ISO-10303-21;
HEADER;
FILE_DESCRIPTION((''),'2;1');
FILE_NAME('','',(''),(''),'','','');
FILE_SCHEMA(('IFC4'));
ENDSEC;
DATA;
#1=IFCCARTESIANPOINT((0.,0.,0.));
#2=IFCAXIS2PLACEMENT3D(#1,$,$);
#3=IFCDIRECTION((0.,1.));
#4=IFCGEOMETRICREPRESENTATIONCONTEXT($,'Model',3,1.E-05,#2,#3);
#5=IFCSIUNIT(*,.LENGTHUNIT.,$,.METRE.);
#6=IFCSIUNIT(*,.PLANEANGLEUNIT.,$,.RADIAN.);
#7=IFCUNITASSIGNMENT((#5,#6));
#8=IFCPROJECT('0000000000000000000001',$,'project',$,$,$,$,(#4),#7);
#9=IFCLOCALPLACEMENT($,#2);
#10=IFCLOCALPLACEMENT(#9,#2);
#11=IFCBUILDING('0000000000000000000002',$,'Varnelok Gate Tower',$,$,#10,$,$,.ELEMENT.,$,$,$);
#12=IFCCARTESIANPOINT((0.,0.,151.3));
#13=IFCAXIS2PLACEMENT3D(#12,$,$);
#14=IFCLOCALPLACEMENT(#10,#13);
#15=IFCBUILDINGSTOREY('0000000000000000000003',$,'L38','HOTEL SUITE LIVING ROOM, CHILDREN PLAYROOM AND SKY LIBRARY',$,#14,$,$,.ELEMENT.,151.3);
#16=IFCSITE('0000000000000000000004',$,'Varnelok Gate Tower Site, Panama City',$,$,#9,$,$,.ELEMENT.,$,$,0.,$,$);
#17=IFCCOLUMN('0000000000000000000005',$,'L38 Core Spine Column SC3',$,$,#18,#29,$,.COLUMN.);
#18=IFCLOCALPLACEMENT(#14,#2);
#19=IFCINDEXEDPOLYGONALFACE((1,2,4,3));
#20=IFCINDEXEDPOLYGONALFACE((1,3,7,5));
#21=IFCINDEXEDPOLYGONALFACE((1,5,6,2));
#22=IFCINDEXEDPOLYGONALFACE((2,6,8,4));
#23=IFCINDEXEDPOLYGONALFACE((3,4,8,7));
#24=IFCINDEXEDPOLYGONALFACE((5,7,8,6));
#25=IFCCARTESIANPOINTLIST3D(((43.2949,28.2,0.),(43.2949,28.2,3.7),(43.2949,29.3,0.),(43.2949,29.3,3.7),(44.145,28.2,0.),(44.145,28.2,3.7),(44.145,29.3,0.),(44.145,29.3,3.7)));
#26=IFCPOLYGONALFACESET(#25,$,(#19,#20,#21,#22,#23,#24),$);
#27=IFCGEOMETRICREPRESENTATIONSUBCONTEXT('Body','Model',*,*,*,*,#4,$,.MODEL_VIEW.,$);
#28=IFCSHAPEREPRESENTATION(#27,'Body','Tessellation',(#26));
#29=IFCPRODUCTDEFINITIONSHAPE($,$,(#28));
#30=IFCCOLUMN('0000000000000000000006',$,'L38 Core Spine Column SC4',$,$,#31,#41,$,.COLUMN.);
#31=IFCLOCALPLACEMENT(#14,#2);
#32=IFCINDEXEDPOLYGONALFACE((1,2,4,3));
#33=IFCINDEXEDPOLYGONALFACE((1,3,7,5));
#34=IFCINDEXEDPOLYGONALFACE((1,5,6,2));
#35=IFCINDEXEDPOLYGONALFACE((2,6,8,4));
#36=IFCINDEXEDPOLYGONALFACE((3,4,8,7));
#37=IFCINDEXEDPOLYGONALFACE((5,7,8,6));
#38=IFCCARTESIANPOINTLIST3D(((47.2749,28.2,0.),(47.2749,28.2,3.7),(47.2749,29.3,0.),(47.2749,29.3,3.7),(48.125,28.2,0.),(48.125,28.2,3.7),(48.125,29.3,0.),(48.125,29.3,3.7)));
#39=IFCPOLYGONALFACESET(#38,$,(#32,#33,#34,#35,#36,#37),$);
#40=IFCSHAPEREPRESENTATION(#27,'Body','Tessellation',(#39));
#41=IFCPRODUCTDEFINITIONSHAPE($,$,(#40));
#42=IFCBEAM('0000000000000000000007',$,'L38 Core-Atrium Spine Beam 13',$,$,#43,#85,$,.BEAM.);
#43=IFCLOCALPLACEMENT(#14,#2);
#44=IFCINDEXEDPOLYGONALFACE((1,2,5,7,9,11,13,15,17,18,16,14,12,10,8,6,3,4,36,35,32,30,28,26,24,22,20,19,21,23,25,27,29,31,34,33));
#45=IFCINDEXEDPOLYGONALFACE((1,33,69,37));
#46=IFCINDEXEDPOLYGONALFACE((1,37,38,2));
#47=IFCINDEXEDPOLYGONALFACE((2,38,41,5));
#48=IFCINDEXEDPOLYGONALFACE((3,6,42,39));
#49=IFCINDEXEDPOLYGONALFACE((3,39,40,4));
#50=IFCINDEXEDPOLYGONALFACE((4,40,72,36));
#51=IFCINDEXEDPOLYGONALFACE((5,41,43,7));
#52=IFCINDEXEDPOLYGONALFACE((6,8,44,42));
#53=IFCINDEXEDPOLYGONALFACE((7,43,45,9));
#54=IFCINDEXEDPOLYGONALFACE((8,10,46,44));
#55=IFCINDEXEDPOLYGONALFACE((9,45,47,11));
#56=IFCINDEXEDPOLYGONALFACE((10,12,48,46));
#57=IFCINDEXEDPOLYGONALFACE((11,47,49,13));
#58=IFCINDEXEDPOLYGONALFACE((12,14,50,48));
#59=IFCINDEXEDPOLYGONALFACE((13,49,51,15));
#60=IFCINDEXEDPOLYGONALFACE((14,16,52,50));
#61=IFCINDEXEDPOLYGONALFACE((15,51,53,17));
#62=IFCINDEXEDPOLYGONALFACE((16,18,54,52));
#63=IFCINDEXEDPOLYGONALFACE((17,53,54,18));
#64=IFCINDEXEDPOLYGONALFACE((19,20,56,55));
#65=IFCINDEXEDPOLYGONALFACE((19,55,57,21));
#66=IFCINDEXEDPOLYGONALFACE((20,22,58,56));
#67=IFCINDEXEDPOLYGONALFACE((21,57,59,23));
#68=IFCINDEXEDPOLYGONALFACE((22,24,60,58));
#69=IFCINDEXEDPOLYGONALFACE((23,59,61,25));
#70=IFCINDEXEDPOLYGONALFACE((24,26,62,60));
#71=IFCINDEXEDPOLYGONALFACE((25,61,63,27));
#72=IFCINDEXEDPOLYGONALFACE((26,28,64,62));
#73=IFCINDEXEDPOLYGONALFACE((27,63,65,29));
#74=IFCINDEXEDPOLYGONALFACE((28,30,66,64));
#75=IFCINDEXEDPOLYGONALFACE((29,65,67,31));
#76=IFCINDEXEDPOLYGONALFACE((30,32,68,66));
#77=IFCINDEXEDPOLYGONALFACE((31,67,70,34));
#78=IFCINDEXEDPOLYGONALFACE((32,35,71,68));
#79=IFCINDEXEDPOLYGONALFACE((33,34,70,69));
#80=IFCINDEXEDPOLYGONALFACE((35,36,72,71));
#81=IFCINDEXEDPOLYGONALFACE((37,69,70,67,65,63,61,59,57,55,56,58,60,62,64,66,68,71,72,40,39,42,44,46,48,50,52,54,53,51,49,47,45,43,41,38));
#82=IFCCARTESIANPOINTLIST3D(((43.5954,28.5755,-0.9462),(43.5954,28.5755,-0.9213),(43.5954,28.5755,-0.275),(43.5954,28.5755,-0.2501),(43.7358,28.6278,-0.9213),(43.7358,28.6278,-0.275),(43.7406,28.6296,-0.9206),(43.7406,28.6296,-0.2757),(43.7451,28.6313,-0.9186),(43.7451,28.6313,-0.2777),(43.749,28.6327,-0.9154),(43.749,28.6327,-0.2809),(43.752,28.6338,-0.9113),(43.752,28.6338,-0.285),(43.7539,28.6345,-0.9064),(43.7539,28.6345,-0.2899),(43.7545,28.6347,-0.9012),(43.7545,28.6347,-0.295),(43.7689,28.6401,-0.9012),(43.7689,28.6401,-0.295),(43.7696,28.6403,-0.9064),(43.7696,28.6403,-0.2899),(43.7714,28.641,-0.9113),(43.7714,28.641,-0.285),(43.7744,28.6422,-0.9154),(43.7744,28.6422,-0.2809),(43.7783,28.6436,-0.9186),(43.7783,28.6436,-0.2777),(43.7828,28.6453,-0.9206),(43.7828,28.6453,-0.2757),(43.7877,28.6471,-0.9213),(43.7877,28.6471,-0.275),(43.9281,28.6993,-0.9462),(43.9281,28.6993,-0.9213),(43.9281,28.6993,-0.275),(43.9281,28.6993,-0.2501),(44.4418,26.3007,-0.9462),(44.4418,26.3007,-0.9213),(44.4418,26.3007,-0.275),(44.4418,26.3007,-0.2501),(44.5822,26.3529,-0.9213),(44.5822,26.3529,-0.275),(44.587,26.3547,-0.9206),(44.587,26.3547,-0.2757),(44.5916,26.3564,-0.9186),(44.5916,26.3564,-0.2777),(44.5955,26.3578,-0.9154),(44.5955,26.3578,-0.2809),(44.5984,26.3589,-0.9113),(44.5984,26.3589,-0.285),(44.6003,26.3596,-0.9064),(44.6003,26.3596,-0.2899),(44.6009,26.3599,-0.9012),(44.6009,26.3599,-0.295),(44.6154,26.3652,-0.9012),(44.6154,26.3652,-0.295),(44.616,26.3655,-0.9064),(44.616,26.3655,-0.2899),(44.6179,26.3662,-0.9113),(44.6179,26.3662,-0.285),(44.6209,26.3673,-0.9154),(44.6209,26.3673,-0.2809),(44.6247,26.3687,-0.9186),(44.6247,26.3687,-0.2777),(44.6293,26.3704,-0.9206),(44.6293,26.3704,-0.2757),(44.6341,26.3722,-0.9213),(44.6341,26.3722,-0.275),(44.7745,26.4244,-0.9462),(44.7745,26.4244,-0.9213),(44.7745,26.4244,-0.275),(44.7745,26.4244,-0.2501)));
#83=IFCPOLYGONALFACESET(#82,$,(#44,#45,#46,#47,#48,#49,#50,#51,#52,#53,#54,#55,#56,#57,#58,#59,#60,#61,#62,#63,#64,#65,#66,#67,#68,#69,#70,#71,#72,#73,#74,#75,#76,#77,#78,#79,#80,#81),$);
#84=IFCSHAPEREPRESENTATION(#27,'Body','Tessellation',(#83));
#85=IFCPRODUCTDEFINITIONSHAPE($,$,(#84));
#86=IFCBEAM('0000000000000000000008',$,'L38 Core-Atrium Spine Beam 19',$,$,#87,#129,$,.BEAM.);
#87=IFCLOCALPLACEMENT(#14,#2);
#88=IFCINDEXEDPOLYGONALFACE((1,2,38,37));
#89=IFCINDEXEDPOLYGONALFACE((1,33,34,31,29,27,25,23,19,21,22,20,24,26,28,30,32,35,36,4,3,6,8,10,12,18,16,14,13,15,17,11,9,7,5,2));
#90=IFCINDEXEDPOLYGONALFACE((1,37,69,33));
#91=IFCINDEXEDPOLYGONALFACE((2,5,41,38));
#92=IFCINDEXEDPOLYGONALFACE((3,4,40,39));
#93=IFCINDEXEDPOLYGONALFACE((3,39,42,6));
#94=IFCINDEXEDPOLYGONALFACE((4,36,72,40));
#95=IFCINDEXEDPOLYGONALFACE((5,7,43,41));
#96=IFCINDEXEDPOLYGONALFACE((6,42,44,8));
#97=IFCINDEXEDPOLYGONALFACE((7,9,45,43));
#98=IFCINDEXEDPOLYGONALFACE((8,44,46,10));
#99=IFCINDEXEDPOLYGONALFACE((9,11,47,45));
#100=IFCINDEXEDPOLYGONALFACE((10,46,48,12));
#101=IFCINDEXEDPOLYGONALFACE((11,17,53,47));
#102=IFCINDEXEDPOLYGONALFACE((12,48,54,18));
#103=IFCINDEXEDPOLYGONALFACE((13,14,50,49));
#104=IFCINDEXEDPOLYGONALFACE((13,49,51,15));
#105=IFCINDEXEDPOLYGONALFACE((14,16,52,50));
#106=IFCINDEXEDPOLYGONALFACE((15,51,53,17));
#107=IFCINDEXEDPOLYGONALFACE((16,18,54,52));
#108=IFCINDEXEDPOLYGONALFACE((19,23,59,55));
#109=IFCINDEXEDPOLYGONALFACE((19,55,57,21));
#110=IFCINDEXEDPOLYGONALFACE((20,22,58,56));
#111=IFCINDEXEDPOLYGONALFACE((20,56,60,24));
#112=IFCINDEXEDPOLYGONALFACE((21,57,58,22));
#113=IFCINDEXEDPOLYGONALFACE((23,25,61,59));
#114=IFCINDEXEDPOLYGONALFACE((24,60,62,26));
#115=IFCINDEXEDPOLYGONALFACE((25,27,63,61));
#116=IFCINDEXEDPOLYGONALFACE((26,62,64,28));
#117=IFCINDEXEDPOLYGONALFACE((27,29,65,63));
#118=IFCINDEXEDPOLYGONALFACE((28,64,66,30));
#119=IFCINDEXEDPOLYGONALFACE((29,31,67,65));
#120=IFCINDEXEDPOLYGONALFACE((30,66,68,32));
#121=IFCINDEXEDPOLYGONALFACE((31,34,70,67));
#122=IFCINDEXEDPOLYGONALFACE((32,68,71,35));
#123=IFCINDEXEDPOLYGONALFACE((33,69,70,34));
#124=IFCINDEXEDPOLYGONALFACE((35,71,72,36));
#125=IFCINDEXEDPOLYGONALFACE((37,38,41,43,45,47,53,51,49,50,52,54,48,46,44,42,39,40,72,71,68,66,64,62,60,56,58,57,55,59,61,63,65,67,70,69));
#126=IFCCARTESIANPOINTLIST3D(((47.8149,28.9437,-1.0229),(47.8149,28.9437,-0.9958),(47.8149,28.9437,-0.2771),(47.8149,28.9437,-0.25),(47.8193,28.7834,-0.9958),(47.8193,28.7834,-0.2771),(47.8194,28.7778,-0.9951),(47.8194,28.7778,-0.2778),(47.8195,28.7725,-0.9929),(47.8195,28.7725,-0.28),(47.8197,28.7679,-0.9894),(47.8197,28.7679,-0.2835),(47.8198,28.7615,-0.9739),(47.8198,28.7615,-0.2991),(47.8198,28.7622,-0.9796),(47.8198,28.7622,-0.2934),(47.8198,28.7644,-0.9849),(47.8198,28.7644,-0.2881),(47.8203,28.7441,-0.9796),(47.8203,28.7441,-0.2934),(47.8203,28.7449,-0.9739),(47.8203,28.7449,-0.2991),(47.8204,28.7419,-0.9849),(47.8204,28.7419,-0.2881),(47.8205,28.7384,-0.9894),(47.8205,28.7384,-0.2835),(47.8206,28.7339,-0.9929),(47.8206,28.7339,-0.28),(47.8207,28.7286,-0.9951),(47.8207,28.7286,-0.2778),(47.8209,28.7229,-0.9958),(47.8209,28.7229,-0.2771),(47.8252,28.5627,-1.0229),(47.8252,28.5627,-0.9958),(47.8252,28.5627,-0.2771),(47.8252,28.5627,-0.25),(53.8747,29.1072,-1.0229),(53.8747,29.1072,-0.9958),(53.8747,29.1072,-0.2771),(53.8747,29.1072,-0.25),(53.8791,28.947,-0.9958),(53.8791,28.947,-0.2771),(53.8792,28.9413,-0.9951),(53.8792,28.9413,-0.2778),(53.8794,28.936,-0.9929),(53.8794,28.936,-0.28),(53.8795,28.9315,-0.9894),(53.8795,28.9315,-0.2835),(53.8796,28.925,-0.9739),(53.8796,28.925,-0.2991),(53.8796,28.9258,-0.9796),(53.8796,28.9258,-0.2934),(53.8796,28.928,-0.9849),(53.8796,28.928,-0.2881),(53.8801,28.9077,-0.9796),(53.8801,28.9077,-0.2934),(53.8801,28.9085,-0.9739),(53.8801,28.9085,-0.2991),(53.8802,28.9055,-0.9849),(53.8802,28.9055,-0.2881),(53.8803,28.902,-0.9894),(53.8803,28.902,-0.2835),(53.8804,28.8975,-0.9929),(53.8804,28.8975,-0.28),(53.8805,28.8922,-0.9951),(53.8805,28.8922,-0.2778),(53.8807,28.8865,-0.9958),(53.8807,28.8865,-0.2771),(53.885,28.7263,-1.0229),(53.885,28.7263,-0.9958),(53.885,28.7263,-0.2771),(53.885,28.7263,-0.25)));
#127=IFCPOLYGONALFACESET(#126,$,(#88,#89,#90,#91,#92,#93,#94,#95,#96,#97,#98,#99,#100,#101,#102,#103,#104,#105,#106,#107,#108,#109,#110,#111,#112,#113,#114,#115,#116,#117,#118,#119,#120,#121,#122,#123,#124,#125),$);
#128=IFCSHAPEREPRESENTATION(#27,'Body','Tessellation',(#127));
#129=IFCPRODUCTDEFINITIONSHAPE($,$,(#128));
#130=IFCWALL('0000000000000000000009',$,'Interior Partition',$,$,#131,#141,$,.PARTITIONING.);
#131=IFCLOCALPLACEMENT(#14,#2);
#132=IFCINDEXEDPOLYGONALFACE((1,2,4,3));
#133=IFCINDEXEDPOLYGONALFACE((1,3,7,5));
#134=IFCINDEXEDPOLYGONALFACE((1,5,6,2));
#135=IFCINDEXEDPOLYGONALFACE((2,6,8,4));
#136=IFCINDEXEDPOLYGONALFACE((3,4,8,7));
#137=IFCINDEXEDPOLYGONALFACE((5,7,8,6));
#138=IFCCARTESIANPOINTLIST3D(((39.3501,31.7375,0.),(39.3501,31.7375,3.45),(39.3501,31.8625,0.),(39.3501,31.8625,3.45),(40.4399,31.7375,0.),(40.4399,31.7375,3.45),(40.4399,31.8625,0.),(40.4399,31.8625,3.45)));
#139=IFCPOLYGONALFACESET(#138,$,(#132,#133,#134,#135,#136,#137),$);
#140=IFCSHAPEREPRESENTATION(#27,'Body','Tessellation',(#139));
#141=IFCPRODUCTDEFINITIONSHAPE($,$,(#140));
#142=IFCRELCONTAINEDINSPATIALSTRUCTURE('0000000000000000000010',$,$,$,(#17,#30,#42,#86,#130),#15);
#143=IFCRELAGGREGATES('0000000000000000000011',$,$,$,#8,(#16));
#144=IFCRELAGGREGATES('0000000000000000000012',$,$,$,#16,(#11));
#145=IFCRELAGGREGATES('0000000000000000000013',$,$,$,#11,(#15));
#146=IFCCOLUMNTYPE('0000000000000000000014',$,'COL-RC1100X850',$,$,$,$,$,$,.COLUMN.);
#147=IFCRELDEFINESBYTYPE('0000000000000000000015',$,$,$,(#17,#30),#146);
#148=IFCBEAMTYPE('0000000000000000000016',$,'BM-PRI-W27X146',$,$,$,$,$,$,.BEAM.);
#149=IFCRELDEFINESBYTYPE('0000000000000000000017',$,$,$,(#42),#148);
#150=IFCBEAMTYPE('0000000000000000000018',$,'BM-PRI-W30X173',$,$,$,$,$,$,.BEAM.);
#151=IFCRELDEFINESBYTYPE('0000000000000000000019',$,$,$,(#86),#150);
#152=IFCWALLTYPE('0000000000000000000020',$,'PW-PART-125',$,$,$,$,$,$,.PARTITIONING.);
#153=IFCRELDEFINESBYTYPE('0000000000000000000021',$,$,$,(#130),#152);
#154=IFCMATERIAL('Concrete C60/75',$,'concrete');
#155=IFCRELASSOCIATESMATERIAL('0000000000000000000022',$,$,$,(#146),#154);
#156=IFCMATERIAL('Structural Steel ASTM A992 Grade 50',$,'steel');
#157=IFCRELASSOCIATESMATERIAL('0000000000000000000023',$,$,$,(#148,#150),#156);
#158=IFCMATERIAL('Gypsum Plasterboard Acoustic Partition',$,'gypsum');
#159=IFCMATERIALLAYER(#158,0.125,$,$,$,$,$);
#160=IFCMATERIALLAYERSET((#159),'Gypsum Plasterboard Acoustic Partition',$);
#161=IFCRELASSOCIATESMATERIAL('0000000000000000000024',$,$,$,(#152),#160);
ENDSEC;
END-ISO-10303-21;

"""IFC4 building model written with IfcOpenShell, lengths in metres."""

from ifc_helpers import new_model, si_unit, direction, frame, frame_2d, origin, origin_2d, place, context, subcontext, project, spatial, rectangle, i_section, extrude, material, layer, layer_set, material_profile, profile_set, type_object, element, save


model = new_model("IFC4")

# Units and contexts
model_context = context("Model", 3, precision=1e-05, world=origin(), true_north=direction((0.0, 1.0)))
body_context = subcontext(model_context, "Body", "Model", "MODEL_VIEW")
ifc_project = project(units=[si_unit("LENGTHUNIT", "METRE"), si_unit("PLANEANGLEUNIT", "RADIAN")], contexts=[model_context])

# Site, building, storey
site_placement = place(None, origin())
site = spatial("IfcSite", under=ifc_project, at=site_placement, Name="Varnelok Gate Tower Site, Panama City", CompositionType="ELEMENT", RefElevation=0.0)
building_placement = place(site_placement, origin())
building = spatial("IfcBuilding", under=site, at=building_placement, Name="Varnelok Gate Tower", CompositionType="ELEMENT")
storey_placement = place(building_placement, frame((0.0, 0.0, 151.3)))
storey = spatial("IfcBuildingStorey", under=building, at=storey_placement, Name="L38", Description="HOTEL SUITE LIVING ROOM, CHILDREN PLAYROOM AND SKY LIBRARY", CompositionType="ELEMENT", Elevation=151.3)

# Columns
ifc_material_1 = material(Name="Concrete C60/75", Category="concrete")
ifc_material_profile_1 = material_profile(ifc_material_1, rectangle(XDim=0.8501, YDim=1.1001, at=origin_2d()), Name="RC1100X850")
ifc_profile_set_1 = profile_set([ifc_material_profile_1], Name="Concrete C60/75")
column_type = type_object("IfcColumnType", Name="COL-RC1100X850", PredefinedType="COLUMN", material=ifc_profile_set_1)
for number, where, z_axis, x_axis, name in (
    (1, (43.72, 28.75, 0.0), (0.0, 0.0, 1.0), (1.0, 0.0, 0.0), "L38 Core Spine Column SC3"),
    (2, (47.7, 28.75, 0.0), (0.0, 0.0, 1.0), (1.0, 0.0, 0.0), "L38 Core Spine Column SC4"),
):
    element("IfcColumn", number, at=place(storey_placement, frame(where, z_axis=z_axis, x_axis=x_axis)), inside=storey, type_object=column_type, Name=name, PredefinedType="COLUMN", context=body_context, shape_type="SweptSolid", body=[
        extrude(rectangle(XDim=0.8501, YDim=1.1001, at=origin_2d()), origin(), (0.0, 0.0, 1.0), 3.7),
    ])

# Beams
ifc_material_2 = material(Name="Structural Steel ASTM A992 Grade 50", Category="steel")
ifc_material_profile_2 = material_profile(ifc_material_2, i_section(OverallWidth=0.355, OverallDepth=0.696, WebThickness=0.0154, FlangeThickness=0.0249, FilletRadius=0.02, at=origin_2d()), Name="W27X146")
ifc_profile_set_2 = profile_set([ifc_material_profile_2], Name="Structural Steel ASTM A992 Grade 50")
beam_type_1 = type_object("IfcBeamType", Name="BM-PRI-W27X146", PredefinedType="BEAM", material=ifc_profile_set_2)
beam_1_placement = place(storey_placement, frame((44.6082, 26.3625, -0.5981), z_axis=(-0.348719, 0.937227, 0.0), x_axis=(-0.937227, -0.348719, 0.0)))
element("IfcBeam", 3, at=beam_1_placement, inside=storey, type_object=beam_type_1, Name="L38 Core-Atrium Spine Beam 13", PredefinedType="BEAM", context=body_context, shape_type="SweptSolid", body=[
    extrude(i_section(OverallWidth=0.355, OverallDepth=0.696, WebThickness=0.0154, FlangeThickness=0.0249, FilletRadius=0.02, at=origin_2d()), origin(), (0.0, 0.0, 1.0), 2.4272),
])
ifc_material_profile_3 = material_profile(ifc_material_2, i_section(OverallWidth=0.3811, OverallDepth=0.7729, WebThickness=0.0166, FlangeThickness=0.0271, FilletRadius=0.022, at=origin_2d()), Name="W30X173")
ifc_profile_set_3 = profile_set([ifc_material_profile_3], Name="Structural Steel ASTM A992 Grade 50")
beam_type_2 = type_object("IfcBeamType", Name="BM-PRI-W30X173", PredefinedType="BEAM", material=ifc_profile_set_3)
beam_2_placement = place(storey_placement, frame((47.8201, 28.7532, -0.6365), z_axis=(0.999636, 0.026983, 0.0), x_axis=(-0.026983, 0.999636, 0.0)))
element("IfcBeam", 4, at=beam_2_placement, inside=storey, type_object=beam_type_2, Name="L38 Core-Atrium Spine Beam 19", PredefinedType="BEAM", context=body_context, shape_type="SweptSolid", body=[
    extrude(i_section(OverallWidth=0.3811, OverallDepth=0.7729, WebThickness=0.0166, FlangeThickness=0.0271, FilletRadius=0.022, at=origin_2d()), origin(), (0.0, 0.0, 1.0), 6.062),
])

# Wall
ifc_material_3 = material(Name="Gypsum Plasterboard Acoustic Partition", Category="gypsum")
ifc_layer_1 = layer(ifc_material_3, 0.125)
ifc_layer_set_1 = layer_set([ifc_layer_1], Name="Gypsum Plasterboard Acoustic Partition")
wall_type_1 = type_object("IfcWallType", Name="PW-PART-125", PredefinedType="PARTITIONING", material=ifc_layer_set_1)
wall_1_placement = place(storey_placement, frame((39.3501, 31.8, 0.0), z_axis=(0.0, 0.0, 1.0), x_axis=(1.0, 0.0, 0.0)))
element("IfcWall", 5, at=wall_1_placement, inside=storey, type_object=wall_type_1, Name="Interior Partition", PredefinedType="PARTITIONING", context=body_context, shape_type="SweptSolid", body=[
    extrude(rectangle(XDim=1.0898, YDim=0.125, at=frame_2d((0.5449, 0.0))), origin(), (0.0, 0.0, 1.0), 3.45),
])

save(model, "model.ifc")
